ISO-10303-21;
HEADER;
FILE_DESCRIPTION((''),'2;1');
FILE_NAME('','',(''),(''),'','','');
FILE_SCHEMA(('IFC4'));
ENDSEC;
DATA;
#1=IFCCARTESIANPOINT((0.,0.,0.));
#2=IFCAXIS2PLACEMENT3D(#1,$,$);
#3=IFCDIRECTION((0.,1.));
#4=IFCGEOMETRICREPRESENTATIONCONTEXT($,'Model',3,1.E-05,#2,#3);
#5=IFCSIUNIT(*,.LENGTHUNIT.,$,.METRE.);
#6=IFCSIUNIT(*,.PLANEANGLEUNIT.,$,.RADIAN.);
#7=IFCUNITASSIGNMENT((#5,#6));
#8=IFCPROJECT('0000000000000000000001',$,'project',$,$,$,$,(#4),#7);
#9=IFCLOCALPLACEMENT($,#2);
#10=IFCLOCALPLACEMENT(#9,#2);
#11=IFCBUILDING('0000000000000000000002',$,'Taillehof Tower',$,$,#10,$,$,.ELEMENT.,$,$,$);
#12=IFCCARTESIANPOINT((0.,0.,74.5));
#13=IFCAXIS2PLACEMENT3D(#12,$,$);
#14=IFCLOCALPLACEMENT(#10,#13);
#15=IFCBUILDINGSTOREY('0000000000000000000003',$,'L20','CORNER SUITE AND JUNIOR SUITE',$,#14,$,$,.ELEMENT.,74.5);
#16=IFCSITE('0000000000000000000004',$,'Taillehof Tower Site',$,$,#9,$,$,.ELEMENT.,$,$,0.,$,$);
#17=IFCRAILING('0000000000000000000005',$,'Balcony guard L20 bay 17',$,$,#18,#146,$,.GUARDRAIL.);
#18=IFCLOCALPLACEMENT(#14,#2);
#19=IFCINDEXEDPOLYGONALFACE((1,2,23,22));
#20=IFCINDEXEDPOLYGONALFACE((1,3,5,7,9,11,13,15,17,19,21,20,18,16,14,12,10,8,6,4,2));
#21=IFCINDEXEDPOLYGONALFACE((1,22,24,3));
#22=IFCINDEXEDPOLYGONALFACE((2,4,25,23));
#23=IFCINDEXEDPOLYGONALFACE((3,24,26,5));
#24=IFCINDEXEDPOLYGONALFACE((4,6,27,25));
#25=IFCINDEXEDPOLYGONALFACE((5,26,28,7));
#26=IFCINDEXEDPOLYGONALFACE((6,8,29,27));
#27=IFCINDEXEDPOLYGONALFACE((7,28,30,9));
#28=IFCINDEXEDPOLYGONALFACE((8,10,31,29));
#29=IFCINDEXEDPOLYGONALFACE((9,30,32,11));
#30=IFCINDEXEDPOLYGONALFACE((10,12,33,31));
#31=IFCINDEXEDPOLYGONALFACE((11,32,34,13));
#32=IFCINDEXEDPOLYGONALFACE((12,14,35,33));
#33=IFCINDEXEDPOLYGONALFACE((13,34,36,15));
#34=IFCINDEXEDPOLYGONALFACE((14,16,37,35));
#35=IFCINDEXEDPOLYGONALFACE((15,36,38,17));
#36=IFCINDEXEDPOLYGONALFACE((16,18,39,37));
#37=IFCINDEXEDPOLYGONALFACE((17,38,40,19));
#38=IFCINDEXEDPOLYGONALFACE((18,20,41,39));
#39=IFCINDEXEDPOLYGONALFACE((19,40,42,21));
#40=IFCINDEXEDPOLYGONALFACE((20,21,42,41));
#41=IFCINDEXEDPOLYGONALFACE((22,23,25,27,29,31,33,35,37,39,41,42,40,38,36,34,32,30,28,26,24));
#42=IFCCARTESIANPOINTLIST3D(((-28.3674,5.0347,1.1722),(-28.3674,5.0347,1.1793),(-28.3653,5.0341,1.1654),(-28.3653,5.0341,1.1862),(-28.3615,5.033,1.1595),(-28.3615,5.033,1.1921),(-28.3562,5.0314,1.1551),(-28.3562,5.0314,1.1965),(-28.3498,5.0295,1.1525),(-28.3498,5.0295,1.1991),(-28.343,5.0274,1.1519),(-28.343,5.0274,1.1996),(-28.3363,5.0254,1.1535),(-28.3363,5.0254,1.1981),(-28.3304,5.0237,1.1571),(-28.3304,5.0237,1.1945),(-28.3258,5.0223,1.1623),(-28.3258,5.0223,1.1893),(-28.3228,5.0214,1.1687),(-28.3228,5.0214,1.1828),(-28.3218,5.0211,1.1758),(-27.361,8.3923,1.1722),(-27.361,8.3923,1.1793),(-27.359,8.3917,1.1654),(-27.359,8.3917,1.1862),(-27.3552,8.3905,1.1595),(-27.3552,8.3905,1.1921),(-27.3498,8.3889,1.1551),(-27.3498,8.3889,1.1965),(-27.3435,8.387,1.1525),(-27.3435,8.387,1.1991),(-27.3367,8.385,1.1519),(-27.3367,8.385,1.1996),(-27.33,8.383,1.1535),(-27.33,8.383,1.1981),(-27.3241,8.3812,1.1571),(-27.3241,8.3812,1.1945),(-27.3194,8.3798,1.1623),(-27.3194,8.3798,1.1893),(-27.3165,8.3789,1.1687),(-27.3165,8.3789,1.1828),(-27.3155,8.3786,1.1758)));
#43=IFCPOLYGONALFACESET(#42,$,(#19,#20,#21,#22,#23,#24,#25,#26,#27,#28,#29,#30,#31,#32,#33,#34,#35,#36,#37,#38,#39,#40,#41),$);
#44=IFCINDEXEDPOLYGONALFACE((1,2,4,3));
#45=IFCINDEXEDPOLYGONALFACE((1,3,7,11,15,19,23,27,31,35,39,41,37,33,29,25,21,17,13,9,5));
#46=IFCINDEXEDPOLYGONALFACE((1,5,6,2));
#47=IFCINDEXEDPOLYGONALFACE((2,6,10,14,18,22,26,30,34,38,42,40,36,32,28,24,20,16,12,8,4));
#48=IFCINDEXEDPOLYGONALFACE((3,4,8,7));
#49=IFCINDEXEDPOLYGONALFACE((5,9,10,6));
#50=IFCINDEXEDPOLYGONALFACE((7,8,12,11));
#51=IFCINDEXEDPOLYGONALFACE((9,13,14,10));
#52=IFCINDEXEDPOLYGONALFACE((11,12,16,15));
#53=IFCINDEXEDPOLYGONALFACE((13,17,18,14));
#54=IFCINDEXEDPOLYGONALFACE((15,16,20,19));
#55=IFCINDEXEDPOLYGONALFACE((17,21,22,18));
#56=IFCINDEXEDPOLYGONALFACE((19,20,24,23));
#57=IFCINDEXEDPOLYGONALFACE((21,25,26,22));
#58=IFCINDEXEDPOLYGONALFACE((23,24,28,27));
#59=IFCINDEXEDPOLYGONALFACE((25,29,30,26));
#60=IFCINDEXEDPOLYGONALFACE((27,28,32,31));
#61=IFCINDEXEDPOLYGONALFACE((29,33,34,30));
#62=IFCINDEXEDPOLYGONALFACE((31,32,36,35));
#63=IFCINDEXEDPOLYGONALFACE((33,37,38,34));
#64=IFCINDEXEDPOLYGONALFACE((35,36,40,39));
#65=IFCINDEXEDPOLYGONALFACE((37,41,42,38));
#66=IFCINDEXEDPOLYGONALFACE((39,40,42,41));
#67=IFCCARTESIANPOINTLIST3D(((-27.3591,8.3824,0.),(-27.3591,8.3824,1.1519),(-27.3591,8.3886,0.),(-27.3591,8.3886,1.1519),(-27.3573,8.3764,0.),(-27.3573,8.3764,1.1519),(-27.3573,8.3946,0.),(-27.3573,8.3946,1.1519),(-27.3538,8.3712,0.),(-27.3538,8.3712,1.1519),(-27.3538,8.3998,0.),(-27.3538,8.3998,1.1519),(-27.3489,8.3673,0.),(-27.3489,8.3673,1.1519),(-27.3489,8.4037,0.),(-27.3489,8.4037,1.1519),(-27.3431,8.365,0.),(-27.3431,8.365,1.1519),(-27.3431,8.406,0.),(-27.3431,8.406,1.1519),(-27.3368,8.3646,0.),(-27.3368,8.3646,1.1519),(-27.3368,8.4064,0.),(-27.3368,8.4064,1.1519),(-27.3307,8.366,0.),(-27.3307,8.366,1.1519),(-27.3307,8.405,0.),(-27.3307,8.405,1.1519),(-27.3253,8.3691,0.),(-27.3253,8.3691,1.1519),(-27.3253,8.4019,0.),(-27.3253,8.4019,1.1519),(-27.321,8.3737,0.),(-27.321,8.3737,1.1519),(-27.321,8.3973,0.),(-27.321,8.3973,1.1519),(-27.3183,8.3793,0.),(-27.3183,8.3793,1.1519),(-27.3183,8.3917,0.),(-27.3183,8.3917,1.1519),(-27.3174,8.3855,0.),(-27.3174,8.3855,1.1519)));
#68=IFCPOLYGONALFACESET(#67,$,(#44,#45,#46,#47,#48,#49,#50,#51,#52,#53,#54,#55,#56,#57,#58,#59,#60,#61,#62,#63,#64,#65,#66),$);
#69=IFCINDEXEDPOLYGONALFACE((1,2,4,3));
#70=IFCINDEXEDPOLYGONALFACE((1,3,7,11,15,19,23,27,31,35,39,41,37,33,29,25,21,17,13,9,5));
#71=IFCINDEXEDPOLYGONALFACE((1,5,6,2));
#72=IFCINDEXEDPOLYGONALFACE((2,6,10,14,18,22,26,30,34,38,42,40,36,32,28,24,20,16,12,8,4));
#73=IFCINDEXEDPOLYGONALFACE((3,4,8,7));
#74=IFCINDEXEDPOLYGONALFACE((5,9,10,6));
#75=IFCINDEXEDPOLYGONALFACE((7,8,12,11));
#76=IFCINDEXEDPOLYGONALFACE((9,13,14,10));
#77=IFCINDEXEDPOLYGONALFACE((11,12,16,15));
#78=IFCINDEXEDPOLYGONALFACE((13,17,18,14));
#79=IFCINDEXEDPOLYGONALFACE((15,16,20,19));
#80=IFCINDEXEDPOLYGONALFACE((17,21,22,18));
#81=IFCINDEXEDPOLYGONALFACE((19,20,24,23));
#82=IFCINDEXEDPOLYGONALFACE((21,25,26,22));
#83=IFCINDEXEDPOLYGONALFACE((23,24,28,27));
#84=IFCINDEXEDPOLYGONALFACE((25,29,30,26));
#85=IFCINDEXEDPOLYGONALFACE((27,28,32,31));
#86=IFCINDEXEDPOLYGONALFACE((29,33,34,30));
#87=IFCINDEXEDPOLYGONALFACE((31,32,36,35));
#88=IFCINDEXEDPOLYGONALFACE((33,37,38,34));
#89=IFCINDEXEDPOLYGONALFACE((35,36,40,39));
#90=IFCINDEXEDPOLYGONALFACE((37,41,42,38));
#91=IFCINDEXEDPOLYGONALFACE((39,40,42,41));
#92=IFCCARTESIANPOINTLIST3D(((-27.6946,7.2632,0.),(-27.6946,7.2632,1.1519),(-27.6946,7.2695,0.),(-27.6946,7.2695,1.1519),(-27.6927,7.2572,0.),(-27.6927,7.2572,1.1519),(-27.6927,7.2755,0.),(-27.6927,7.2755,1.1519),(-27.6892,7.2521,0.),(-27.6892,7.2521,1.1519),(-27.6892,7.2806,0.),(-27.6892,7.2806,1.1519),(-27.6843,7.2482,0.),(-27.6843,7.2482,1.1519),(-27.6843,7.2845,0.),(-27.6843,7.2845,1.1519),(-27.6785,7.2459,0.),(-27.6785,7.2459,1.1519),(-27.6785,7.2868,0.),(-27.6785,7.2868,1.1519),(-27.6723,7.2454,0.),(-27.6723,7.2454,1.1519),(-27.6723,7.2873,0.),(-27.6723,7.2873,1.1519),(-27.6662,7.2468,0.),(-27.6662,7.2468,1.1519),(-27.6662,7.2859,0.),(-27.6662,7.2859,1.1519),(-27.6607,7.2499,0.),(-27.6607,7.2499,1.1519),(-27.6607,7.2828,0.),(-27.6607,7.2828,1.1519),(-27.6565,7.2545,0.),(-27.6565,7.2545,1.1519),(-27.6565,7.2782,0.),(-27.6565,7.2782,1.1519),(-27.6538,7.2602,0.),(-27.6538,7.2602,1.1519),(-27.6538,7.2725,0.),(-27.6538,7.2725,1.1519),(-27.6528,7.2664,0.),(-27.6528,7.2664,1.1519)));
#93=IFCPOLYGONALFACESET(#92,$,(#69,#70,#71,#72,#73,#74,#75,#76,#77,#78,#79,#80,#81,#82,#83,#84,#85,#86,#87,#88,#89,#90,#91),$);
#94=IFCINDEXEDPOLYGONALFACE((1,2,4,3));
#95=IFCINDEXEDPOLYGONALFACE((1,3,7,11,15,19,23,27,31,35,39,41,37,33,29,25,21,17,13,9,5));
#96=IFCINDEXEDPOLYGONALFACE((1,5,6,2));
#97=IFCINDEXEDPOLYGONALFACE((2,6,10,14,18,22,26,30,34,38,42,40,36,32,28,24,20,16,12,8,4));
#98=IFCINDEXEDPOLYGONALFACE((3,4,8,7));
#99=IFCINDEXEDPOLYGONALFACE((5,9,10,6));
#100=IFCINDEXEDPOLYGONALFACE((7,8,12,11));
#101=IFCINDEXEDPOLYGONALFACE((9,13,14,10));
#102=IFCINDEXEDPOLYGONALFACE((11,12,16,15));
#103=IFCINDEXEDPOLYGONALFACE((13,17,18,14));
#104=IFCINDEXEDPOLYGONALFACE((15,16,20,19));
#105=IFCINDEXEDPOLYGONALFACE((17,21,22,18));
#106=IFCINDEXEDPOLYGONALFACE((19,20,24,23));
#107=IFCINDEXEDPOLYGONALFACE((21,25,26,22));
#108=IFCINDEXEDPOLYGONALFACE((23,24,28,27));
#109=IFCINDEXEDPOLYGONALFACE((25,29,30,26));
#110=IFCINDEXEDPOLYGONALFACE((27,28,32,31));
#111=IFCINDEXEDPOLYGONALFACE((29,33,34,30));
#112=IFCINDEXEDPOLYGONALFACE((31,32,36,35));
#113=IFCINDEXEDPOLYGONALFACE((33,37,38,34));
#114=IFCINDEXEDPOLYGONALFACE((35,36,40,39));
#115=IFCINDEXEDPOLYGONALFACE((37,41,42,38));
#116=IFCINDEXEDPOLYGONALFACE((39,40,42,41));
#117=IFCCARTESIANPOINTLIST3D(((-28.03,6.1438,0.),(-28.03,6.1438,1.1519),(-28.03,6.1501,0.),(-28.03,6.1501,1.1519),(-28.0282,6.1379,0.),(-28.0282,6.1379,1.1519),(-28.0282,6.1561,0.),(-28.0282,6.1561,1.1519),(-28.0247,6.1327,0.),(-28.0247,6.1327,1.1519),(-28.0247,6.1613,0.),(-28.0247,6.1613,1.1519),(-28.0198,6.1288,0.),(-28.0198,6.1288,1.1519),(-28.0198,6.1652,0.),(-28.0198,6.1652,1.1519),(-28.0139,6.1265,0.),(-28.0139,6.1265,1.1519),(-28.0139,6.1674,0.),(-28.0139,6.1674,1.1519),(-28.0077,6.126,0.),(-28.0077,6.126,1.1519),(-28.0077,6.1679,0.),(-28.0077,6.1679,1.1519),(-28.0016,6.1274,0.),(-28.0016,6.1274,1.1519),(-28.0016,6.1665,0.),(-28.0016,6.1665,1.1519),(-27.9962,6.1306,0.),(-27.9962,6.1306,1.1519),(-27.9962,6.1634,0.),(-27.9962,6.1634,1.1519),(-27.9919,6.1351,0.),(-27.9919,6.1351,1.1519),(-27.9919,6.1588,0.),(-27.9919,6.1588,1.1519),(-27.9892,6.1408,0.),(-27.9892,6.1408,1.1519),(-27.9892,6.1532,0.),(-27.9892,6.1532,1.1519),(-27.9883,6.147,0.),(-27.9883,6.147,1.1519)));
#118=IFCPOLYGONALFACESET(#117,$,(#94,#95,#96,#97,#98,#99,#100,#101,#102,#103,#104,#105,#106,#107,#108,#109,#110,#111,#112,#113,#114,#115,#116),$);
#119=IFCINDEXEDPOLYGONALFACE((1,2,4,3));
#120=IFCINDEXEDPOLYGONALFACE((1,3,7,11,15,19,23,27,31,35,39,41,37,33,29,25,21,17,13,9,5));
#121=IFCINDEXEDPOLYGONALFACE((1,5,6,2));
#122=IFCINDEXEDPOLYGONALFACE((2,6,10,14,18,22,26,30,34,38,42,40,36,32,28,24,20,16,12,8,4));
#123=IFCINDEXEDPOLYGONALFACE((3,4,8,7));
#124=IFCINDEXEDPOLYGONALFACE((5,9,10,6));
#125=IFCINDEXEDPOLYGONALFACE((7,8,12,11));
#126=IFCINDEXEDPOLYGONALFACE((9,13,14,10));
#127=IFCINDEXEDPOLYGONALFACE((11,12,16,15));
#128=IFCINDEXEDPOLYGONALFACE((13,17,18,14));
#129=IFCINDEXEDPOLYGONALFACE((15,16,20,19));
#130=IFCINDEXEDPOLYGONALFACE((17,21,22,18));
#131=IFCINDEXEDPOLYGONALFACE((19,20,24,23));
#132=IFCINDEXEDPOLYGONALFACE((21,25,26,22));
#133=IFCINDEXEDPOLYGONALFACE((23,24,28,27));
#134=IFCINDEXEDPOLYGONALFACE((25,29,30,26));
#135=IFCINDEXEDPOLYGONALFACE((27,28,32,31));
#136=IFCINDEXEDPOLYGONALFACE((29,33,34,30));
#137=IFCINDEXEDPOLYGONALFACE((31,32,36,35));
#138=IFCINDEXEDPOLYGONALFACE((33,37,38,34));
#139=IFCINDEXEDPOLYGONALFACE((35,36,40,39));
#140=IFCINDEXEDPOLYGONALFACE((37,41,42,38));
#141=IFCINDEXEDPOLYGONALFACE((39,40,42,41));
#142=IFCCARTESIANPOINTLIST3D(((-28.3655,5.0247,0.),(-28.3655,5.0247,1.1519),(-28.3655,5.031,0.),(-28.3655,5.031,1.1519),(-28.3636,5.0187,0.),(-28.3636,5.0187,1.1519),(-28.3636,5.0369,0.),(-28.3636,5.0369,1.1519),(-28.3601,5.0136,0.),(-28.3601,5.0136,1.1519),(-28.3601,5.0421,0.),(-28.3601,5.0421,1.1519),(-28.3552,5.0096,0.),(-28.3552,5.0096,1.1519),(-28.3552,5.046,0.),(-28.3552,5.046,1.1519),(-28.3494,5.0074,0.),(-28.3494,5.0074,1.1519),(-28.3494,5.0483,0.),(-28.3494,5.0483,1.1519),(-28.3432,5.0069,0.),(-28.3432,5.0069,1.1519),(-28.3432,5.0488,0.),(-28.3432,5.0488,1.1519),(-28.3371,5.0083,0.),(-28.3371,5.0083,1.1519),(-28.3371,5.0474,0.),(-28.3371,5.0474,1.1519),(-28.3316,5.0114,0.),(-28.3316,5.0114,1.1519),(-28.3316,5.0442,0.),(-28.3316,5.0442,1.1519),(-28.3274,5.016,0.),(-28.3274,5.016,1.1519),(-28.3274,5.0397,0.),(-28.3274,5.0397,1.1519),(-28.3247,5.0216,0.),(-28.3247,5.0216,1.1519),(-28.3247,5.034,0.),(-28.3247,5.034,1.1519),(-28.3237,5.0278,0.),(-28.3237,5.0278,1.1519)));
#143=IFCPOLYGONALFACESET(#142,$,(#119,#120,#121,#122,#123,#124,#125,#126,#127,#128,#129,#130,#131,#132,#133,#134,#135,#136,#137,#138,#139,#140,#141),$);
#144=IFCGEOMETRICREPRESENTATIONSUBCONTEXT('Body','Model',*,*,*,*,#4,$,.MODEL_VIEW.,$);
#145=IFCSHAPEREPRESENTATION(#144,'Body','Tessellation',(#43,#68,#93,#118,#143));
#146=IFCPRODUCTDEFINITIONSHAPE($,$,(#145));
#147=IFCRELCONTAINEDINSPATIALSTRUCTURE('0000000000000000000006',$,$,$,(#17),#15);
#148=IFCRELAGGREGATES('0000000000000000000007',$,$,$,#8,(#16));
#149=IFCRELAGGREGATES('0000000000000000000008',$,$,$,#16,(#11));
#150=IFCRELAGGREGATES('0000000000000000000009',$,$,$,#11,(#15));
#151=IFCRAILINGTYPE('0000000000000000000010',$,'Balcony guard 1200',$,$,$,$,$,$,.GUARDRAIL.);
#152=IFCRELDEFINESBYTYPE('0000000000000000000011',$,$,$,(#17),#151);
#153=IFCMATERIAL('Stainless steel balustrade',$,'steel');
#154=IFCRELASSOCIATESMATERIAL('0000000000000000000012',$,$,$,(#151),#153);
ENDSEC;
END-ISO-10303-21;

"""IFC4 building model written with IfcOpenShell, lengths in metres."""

from ifc_helpers import new_model, si_unit, direction, frame, origin, origin_2d, place, context, subcontext, project, spatial, circle, extrude, material, type_object, element, save


model = new_model("IFC4")

# Units and contexts
model_context = context("Model", 3, precision=1e-05, world=origin(), true_north=direction((0.0, 1.0)))
body_context = subcontext(model_context, "Body", "Model", "MODEL_VIEW")
ifc_project = project(units=[si_unit("LENGTHUNIT", "METRE"), si_unit("PLANEANGLEUNIT", "RADIAN")], contexts=[model_context])

# Site, building, storey
site_placement = place(None, origin())
site = spatial("IfcSite", under=ifc_project, at=site_placement, Name="Taillehof Tower Site", CompositionType="ELEMENT", RefElevation=0.0)
building_placement = place(site_placement, origin())
building = spatial("IfcBuilding", under=site, at=building_placement, Name="Taillehof Tower", CompositionType="ELEMENT")
storey_placement = place(building_placement, frame((0.0, 0.0, 74.5)))
storey = spatial("IfcBuildingStorey", under=building, at=storey_placement, Name="L20", Description="CORNER SUITE AND JUNIOR SUITE", CompositionType="ELEMENT", Elevation=74.5)

# Railing
ifc_material_1 = material(Name="Stainless steel balustrade", Category="steel")
railing_type = type_object("IfcRailingType", Name="Balcony guard 1200", PredefinedType="GUARDRAIL", material=ifc_material_1)
railing_placement = place(storey_placement, frame((-27.3384, 8.3855, 0.0)))
element("IfcRailing", 1, at=railing_placement, inside=storey, type_object=railing_type, Name="Balcony guard L20 bay 17", PredefinedType="GUARDRAIL", context=body_context, shape_type="SweptSolid", body=[
    extrude(circle(Radius=0.0239, at=origin_2d()), frame((0.0, 0.0, 1.1758), z_axis=(-0.287099, -0.957901, 0.0), x_axis=(0.957901, -0.287099, 0.0)), (0.0, 0.0, 1.0), 3.5051),
    extrude(circle(Radius=0.021, at=origin_2d()), origin(), (0.0, 0.0, 1.0), 1.1519),
    extrude(circle(Radius=0.021, at=origin_2d()), frame((-0.3354, -1.1191, 0.0)), (0.0, 0.0, 1.0), 1.1519),
    extrude(circle(Radius=0.021, at=origin_2d()), frame((-0.6709, -2.2385, 0.0)), (0.0, 0.0, 1.0), 1.1519),
    extrude(circle(Radius=0.021, at=origin_2d()), frame((-1.0063, -3.3577, 0.0)), (0.0, 0.0, 1.0), 1.1519),
])

save(model, "model.ifc")
